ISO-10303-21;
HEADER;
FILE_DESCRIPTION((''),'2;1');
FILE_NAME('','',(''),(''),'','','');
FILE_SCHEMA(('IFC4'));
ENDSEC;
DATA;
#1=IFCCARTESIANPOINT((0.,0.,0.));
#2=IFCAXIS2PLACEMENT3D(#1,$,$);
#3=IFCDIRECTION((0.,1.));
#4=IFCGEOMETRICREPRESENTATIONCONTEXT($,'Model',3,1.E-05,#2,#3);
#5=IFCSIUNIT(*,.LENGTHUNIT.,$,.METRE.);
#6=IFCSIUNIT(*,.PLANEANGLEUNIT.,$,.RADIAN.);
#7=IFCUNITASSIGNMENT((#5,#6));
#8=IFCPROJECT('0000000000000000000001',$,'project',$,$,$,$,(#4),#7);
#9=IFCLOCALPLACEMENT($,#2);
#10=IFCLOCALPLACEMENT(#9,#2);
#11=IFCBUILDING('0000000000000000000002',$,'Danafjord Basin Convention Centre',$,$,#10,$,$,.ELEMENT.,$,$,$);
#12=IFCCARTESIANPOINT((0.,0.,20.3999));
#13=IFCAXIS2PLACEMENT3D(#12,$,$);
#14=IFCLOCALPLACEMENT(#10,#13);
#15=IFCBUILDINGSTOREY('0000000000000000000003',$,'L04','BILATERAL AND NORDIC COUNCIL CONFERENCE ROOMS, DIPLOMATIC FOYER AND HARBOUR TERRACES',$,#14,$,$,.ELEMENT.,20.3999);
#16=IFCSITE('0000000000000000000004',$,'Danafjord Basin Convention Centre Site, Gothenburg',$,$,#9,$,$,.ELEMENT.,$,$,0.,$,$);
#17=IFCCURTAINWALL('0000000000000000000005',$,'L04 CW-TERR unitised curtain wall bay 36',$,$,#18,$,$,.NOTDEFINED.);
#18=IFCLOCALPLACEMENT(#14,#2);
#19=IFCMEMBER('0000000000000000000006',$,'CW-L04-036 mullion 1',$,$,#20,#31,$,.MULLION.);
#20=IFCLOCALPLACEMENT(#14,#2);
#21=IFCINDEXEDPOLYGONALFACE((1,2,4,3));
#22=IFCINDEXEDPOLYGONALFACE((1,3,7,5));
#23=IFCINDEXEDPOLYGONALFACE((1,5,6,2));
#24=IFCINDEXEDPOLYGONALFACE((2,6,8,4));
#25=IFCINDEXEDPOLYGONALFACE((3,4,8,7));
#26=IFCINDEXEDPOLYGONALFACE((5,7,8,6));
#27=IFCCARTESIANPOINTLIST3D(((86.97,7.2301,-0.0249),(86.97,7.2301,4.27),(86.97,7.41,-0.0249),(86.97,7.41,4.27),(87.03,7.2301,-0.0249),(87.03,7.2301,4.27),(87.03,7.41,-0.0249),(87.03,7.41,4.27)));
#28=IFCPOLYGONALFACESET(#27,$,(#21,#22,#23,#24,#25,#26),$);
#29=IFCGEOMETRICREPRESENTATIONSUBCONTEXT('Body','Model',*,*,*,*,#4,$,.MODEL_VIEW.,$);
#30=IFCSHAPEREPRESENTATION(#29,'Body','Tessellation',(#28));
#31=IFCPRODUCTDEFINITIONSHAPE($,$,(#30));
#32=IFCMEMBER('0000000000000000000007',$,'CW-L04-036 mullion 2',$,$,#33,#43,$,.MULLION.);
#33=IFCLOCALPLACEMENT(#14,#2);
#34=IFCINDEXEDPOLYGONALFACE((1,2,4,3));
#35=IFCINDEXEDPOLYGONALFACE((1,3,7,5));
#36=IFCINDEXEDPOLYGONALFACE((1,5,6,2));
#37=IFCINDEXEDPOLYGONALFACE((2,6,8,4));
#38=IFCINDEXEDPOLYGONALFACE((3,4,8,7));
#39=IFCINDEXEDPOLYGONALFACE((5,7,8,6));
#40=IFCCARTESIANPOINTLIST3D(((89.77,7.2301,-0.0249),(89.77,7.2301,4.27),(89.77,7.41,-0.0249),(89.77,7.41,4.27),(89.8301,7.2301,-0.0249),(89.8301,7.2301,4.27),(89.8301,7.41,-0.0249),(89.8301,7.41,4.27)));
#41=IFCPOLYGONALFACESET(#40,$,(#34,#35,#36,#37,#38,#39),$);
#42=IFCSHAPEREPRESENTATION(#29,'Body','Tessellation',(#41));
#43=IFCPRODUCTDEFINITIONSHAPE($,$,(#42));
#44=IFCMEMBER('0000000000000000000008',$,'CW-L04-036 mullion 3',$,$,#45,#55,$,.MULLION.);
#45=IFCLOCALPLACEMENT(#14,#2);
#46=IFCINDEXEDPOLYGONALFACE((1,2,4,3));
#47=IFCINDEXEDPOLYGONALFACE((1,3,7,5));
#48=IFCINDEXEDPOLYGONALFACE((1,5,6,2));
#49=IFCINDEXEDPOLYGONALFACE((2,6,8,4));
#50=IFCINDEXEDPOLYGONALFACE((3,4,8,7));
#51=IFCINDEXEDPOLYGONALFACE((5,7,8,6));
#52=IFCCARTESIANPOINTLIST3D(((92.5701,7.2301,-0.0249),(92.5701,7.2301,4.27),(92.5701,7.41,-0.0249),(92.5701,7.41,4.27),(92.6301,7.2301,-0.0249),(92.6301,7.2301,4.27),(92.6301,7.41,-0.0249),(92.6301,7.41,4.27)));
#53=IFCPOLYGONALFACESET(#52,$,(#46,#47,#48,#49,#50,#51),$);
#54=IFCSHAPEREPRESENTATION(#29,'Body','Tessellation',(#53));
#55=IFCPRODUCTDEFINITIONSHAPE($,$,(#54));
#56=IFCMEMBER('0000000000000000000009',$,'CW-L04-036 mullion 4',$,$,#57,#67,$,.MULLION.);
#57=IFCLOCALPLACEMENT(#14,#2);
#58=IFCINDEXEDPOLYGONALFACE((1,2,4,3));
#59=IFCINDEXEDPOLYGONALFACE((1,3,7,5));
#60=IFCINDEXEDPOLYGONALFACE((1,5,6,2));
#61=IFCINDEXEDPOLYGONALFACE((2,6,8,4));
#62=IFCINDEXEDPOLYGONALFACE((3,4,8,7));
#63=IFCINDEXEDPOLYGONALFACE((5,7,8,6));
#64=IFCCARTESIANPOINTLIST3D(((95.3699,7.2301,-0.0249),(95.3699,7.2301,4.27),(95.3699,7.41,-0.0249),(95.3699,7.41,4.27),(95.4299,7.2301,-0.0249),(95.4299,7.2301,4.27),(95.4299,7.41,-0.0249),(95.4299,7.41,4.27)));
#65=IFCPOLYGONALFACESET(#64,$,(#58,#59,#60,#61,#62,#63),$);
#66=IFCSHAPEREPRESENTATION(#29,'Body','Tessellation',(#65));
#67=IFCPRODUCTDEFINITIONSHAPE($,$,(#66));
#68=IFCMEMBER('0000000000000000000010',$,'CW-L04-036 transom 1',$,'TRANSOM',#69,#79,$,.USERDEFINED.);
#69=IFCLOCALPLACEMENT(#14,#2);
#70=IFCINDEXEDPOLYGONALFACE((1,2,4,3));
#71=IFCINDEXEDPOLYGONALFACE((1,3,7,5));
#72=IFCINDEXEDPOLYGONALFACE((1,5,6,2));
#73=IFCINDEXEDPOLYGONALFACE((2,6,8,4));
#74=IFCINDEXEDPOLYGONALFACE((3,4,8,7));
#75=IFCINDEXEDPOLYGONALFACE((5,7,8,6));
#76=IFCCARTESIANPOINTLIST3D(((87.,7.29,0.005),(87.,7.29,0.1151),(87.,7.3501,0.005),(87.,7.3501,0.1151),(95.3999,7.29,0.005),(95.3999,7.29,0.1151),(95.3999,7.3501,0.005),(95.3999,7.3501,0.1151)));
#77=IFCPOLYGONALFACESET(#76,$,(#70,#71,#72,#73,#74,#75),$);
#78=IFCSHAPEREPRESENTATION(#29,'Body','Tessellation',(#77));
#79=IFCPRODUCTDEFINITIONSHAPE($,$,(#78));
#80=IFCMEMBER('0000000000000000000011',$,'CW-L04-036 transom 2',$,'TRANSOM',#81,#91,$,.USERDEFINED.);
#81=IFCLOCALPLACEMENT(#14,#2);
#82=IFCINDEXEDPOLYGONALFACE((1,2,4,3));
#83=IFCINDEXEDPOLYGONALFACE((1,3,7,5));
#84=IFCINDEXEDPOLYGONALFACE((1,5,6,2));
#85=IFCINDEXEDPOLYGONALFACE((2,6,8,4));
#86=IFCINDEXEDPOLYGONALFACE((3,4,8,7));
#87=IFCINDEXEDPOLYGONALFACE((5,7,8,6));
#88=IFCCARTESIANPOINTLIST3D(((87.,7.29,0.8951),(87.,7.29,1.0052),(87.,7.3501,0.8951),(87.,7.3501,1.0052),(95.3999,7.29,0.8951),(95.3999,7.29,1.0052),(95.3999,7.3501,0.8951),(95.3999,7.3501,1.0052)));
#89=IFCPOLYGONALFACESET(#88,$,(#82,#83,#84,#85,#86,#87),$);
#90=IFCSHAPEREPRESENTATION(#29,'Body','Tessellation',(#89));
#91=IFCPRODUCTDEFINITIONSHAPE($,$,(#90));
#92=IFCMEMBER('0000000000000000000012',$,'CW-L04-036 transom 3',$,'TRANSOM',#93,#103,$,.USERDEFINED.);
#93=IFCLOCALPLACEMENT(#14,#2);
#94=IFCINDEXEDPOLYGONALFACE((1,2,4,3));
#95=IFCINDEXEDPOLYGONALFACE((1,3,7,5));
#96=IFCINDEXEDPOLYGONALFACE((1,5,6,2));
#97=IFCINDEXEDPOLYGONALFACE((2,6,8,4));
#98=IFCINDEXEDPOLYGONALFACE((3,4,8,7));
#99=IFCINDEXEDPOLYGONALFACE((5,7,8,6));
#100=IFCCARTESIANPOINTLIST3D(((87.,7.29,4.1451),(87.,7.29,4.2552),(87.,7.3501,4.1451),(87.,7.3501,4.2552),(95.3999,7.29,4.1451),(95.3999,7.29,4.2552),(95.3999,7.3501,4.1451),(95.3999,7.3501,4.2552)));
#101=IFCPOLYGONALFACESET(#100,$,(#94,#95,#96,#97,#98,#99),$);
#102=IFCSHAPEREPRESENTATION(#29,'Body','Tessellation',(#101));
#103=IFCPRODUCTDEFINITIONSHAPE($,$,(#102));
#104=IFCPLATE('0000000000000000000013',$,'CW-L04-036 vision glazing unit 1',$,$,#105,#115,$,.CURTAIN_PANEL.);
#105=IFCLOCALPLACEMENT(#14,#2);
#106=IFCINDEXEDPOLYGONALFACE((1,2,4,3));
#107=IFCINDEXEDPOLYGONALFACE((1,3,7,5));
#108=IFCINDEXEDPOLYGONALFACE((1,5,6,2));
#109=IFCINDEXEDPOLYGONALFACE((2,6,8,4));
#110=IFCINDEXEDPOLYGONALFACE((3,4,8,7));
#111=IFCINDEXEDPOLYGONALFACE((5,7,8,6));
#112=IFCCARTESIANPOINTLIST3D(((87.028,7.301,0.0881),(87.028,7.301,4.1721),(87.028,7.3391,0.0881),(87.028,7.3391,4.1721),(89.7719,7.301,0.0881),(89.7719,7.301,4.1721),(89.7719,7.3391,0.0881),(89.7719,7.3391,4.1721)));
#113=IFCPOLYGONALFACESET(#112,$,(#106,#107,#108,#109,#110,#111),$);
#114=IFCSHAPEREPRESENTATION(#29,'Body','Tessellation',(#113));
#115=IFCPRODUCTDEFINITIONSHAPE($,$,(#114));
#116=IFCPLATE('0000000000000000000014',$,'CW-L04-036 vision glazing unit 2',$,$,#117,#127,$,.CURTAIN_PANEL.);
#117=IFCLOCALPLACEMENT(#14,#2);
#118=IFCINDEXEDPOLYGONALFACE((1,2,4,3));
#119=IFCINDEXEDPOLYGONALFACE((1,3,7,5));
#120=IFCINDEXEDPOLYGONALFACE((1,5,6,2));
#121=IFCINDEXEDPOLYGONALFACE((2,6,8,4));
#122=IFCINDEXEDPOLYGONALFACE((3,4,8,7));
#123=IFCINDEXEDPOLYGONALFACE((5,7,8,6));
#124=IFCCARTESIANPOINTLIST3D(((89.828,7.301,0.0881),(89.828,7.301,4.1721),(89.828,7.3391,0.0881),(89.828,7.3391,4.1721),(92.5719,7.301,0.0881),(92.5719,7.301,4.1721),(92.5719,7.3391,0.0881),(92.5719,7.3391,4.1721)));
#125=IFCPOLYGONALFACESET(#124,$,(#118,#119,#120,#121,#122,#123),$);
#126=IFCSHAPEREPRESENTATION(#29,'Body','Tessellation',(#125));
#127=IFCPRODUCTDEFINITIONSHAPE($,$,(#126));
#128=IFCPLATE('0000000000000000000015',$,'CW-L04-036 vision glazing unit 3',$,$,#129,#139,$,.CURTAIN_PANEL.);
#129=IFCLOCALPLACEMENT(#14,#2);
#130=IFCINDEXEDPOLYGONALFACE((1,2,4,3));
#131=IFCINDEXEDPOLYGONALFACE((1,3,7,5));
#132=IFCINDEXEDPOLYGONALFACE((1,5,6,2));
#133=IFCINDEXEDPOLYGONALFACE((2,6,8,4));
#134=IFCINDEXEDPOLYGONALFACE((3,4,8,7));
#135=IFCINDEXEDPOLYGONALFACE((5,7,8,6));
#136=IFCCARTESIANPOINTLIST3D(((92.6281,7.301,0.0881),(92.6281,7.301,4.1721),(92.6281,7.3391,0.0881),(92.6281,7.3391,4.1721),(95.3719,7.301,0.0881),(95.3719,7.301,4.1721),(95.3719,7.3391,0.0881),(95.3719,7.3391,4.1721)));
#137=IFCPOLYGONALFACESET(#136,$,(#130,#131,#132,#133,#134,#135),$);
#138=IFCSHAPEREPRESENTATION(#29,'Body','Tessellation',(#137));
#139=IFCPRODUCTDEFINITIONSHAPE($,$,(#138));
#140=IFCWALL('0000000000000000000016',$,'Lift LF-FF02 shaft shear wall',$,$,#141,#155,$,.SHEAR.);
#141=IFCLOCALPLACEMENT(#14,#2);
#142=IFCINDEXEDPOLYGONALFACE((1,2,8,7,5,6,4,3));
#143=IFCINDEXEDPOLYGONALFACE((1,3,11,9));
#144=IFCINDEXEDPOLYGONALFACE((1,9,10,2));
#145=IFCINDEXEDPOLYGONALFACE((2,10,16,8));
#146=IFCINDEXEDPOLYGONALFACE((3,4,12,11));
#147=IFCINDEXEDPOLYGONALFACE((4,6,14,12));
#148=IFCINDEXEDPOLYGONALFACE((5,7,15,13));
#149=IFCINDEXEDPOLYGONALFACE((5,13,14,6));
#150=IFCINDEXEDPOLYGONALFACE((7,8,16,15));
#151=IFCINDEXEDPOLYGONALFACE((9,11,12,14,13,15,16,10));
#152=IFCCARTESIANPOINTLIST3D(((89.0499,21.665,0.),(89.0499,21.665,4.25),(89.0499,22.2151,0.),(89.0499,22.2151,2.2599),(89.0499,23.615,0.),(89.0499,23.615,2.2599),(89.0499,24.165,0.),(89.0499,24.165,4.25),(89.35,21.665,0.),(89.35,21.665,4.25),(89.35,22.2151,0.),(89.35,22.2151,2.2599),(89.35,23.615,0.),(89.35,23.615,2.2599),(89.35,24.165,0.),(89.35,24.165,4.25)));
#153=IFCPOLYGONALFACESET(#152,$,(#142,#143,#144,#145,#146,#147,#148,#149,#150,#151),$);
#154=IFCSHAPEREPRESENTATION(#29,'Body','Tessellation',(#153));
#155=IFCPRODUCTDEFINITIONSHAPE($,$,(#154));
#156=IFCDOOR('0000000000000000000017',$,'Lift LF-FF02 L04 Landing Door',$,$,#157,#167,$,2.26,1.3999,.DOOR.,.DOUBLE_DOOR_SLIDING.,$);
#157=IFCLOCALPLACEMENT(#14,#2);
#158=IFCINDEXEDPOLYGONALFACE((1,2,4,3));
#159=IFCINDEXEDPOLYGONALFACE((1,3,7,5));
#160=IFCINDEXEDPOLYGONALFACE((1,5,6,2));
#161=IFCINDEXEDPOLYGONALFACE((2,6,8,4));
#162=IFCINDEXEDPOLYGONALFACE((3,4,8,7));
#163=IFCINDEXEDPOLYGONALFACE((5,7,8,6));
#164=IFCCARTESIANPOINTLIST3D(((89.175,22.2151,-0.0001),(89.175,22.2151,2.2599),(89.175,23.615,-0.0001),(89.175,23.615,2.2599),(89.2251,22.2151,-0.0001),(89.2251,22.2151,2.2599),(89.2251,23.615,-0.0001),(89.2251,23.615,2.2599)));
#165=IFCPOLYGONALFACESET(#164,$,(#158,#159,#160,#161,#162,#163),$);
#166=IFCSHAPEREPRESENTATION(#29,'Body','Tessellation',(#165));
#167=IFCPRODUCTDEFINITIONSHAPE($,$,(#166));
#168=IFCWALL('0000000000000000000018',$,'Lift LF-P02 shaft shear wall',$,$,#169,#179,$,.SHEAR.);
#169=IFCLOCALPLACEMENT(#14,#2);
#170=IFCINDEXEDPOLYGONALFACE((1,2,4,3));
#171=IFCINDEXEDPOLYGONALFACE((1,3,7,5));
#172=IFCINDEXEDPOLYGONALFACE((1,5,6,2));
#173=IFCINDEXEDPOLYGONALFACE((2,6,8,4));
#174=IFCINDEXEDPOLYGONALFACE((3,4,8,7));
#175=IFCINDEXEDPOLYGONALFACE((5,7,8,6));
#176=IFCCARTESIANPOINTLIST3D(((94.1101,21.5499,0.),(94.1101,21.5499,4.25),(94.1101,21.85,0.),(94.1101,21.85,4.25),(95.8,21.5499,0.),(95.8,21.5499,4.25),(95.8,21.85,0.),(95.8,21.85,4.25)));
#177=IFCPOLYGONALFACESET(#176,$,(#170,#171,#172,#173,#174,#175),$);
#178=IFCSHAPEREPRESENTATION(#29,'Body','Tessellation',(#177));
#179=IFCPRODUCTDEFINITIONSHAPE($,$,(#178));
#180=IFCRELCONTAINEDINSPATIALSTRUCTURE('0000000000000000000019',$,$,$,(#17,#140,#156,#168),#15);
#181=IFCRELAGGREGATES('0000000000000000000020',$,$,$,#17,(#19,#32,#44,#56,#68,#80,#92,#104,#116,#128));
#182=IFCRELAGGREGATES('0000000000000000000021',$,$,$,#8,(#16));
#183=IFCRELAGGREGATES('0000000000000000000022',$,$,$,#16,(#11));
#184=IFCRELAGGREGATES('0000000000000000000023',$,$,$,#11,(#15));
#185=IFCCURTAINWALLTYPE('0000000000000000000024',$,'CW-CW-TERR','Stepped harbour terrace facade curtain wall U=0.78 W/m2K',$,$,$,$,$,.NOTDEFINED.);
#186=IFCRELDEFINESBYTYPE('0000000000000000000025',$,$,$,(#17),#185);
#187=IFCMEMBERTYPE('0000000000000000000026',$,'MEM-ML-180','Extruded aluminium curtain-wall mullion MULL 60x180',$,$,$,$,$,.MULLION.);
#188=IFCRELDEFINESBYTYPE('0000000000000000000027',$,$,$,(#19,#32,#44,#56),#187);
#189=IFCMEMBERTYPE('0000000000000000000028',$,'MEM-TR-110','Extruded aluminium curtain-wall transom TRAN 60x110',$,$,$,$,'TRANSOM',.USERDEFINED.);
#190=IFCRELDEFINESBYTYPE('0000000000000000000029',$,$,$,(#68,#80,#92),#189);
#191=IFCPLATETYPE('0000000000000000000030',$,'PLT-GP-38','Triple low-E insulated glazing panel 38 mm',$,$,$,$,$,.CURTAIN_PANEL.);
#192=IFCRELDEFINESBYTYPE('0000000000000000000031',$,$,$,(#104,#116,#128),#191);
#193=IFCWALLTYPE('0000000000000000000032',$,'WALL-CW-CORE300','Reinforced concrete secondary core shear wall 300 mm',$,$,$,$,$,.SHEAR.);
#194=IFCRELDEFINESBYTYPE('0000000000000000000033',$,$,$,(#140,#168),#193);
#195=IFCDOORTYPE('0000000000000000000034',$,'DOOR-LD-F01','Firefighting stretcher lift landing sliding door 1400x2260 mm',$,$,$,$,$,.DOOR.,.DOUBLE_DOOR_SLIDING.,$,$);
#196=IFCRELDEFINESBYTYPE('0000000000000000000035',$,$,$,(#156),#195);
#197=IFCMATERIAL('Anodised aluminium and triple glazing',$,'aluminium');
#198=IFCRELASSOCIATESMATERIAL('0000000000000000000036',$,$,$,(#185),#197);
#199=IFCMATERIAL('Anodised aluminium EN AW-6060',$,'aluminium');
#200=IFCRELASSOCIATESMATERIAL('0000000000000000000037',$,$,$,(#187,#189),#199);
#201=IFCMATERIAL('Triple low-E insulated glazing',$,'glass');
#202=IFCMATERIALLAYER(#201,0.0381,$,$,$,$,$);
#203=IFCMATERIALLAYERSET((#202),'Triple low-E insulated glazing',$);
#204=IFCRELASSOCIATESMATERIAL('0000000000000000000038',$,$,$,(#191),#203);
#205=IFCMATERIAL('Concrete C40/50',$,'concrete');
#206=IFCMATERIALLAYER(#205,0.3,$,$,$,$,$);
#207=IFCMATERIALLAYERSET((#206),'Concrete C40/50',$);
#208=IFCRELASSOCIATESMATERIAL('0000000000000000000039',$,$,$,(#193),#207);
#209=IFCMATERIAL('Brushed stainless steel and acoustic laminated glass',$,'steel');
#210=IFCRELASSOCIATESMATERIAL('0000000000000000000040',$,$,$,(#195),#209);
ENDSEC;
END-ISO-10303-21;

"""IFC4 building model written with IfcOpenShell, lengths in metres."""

from ifc_helpers import new_model, si_unit, direction, frame, frame_2d, origin, origin_2d, place, context, subcontext, project, spatial, rectangle, extrude, material, layer, layer_set, material_profile, profile_set, type_object, element, fill, aggregate, save


model = new_model("IFC4")

# Units and contexts
model_context = context("Model", 3, precision=1e-05, world=origin(), true_north=direction((0.0, 1.0)))
body_context = subcontext(model_context, "Body", "Model", "MODEL_VIEW")
ifc_project = project(units=[si_unit("LENGTHUNIT", "METRE"), si_unit("PLANEANGLEUNIT", "RADIAN")], contexts=[model_context])

# Site, building, storey
site_placement = place(None, origin())
site = spatial("IfcSite", under=ifc_project, at=site_placement, Name="Danafjord Basin Convention Centre Site, Gothenburg", CompositionType="ELEMENT", RefElevation=0.0)
building_placement = place(site_placement, origin())
building = spatial("IfcBuilding", under=site, at=building_placement, Name="Danafjord Basin Convention Centre", CompositionType="ELEMENT")
storey_placement = place(building_placement, frame((0.0, 0.0, 20.3999)))
storey = spatial("IfcBuildingStorey", under=building, at=storey_placement, Name="L04", Description="BILATERAL AND NORDIC COUNCIL CONFERENCE ROOMS, DIPLOMATIC FOYER AND HARBOUR TERRACES", CompositionType="ELEMENT", Elevation=20.3999)

# Curtain wall, members, plates
ifc_material_1 = material(Name="Anodised aluminium and triple glazing", Category="aluminium")
curtain_wall_type = type_object("IfcCurtainWallType", Name="CW-CW-TERR", Description="Stepped harbour terrace facade curtain wall U=0.78 W/m2K", PredefinedType="NOTDEFINED", material=ifc_material_1)
curtain_wall_placement = place(storey_placement, origin())
curtain_wall = element("IfcCurtainWall", 1, at=curtain_wall_placement, inside=storey, type_object=curtain_wall_type, Name="L04 CW-TERR unitised curtain wall bay 36", PredefinedType="NOTDEFINED")
ifc_material_2 = material(Name="Anodised aluminium EN AW-6060", Category="aluminium")
ifc_material_profile_1 = material_profile(ifc_material_2, rectangle(XDim=0.0601, YDim=0.1799, at=origin_2d()), Name="MULL 60x180")
ifc_profile_set_1 = profile_set([ifc_material_profile_1], Name="Anodised aluminium EN AW-6060")
member_type_1 = type_object("IfcMemberType", Name="MEM-ML-180", Description="Extruded aluminium curtain-wall mullion MULL 60x180", PredefinedType="MULLION", material=ifc_profile_set_1)
member_1_placement = place(storey_placement, frame((87.0, 7.3201, -0.0249), z_axis=(0.0, 0.0, 1.0), x_axis=(1.0, 0.0, 0.0)))
member_1 = element("IfcMember", 2, at=member_1_placement, type_object=member_type_1, Name="CW-L04-036 mullion 1", PredefinedType="MULLION", context=body_context, shape_type="SweptSolid", body=[
    extrude(rectangle(XDim=0.0601, YDim=0.1799, at=origin_2d()), origin(), (0.0, 0.0, 1.0), 4.2949),
])
member_2_placement = place(storey_placement, frame((89.8, 7.3201, -0.0249), z_axis=(0.0, 0.0, 1.0), x_axis=(1.0, 0.0, 0.0)))
member_2 = element("IfcMember", 3, at=member_2_placement, type_object=member_type_1, Name="CW-L04-036 mullion 2", PredefinedType="MULLION", context=body_context, shape_type="SweptSolid", body=[
    extrude(rectangle(XDim=0.0601, YDim=0.1799, at=origin_2d()), origin(), (0.0, 0.0, 1.0), 4.2949),
])
member_3_placement = place(storey_placement, frame((92.6001, 7.3201, -0.0249), z_axis=(0.0, 0.0, 1.0), x_axis=(1.0, 0.0, 0.0)))
member_3 = element("IfcMember", 4, at=member_3_placement, type_object=member_type_1, Name="CW-L04-036 mullion 3", PredefinedType="MULLION", context=body_context, shape_type="SweptSolid", body=[
    extrude(rectangle(XDim=0.0601, YDim=0.1799, at=origin_2d()), origin(), (0.0, 0.0, 1.0), 4.2949),
])
member_4_placement = place(storey_placement, frame((95.3999, 7.3201, -0.0249), z_axis=(0.0, 0.0, 1.0), x_axis=(1.0, 0.0, 0.0)))
member_4 = element("IfcMember", 5, at=member_4_placement, type_object=member_type_1, Name="CW-L04-036 mullion 4", PredefinedType="MULLION", context=body_context, shape_type="SweptSolid", body=[
    extrude(rectangle(XDim=0.0601, YDim=0.1799, at=origin_2d()), origin(), (0.0, 0.0, 1.0), 4.2949),
])
ifc_material_profile_2 = material_profile(ifc_material_2, rectangle(XDim=0.0601, YDim=0.1101, at=origin_2d()), Name="TRAN 60x110")
ifc_profile_set_2 = profile_set([ifc_material_profile_2], Name="Anodised aluminium EN AW-6060")
member_type_2 = type_object("IfcMemberType", Name="MEM-TR-110", Description="Extruded aluminium curtain-wall transom TRAN 60x110", ElementType="TRANSOM", PredefinedType="USERDEFINED", material=ifc_profile_set_2)
member_5_placement = place(storey_placement, frame((87.0, 7.3201, 0.0601), z_axis=(1.0, 0.0, 0.0), x_axis=(0.0, 1.0, 0.0)))
member_5 = element("IfcMember", 6, at=member_5_placement, type_object=member_type_2, Name="CW-L04-036 transom 1", ObjectType="TRANSOM", PredefinedType="USERDEFINED", context=body_context, shape_type="SweptSolid", body=[
    extrude(rectangle(XDim=0.0601, YDim=0.1101, at=origin_2d()), origin(), (0.0, 0.0, 1.0), 8.3999),
])
member_6_placement = place(storey_placement, frame((87.0, 7.3201, 0.9502), z_axis=(1.0, 0.0, 0.0), x_axis=(0.0, 1.0, 0.0)))
member_6 = element("IfcMember", 7, at=member_6_placement, type_object=member_type_2, Name="CW-L04-036 transom 2", ObjectType="TRANSOM", PredefinedType="USERDEFINED", context=body_context, shape_type="SweptSolid", body=[
    extrude(rectangle(XDim=0.0601, YDim=0.1101, at=origin_2d()), origin(), (0.0, 0.0, 1.0), 8.3999),
])
member_7_placement = place(storey_placement, frame((87.0, 7.3201, 4.2002), z_axis=(1.0, 0.0, 0.0), x_axis=(0.0, 1.0, 0.0)))
member_7 = element("IfcMember", 8, at=member_7_placement, type_object=member_type_2, Name="CW-L04-036 transom 3", ObjectType="TRANSOM", PredefinedType="USERDEFINED", context=body_context, shape_type="SweptSolid", body=[
    extrude(rectangle(XDim=0.0601, YDim=0.1101, at=origin_2d()), origin(), (0.0, 0.0, 1.0), 8.3999),
])
ifc_material_3 = material(Name="Triple low-E insulated glazing", Category="glass")
ifc_layer_1 = layer(ifc_material_3, 0.0381)
ifc_layer_set_1 = layer_set([ifc_layer_1], Name="Triple low-E insulated glazing")
plate_type = type_object("IfcPlateType", Name="PLT-GP-38", Description="Triple low-E insulated glazing panel 38 mm", PredefinedType="CURTAIN_PANEL", material=ifc_layer_set_1)
plate_1_placement = place(storey_placement, frame((88.3999, 7.3201, 0.0881), z_axis=(0.0, 0.0, 1.0), x_axis=(1.0, 0.0, 0.0)))
plate_1 = element("IfcPlate", 9, at=plate_1_placement, type_object=plate_type, Name="CW-L04-036 vision glazing unit 1", PredefinedType="CURTAIN_PANEL", context=body_context, shape_type="SweptSolid", body=[
    extrude(rectangle(XDim=2.7439, YDim=0.0381, at=origin_2d()), origin(), (0.0, 0.0, 1.0), 4.084),
])
plate_2_placement = place(storey_placement, frame((91.2, 7.3201, 0.0881), z_axis=(0.0, 0.0, 1.0), x_axis=(1.0, 0.0, 0.0)))
plate_2 = element("IfcPlate", 10, at=plate_2_placement, type_object=plate_type, Name="CW-L04-036 vision glazing unit 2", PredefinedType="CURTAIN_PANEL", context=body_context, shape_type="SweptSolid", body=[
    extrude(rectangle(XDim=2.7439, YDim=0.0381, at=origin_2d()), origin(), (0.0, 0.0, 1.0), 4.084),
])
plate_3_placement = place(storey_placement, frame((94.0, 7.3201, 0.0881), z_axis=(0.0, 0.0, 1.0), x_axis=(1.0, 0.0, 0.0)))
plate_3 = element("IfcPlate", 11, at=plate_3_placement, type_object=plate_type, Name="CW-L04-036 vision glazing unit 3", PredefinedType="CURTAIN_PANEL", context=body_context, shape_type="SweptSolid", body=[
    extrude(rectangle(XDim=2.7439, YDim=0.0381, at=origin_2d()), origin(), (0.0, 0.0, 1.0), 4.084),
])
aggregate(curtain_wall, [member_1, member_2, member_3, member_4, member_5, member_6, member_7, plate_1, plate_2, plate_3])

# Wall, opening, door
ifc_material_4 = material(Name="Concrete C40/50", Category="concrete")
ifc_layer_2 = layer(ifc_material_4, 0.3)
ifc_layer_set_2 = layer_set([ifc_layer_2], Name="Concrete C40/50")
wall_type_1 = type_object("IfcWallType", Name="WALL-CW-CORE300", Description="Reinforced concrete secondary core shear wall 300 mm", PredefinedType="SHEAR", material=ifc_layer_set_2)
wall_1_placement = place(storey_placement, frame((89.2, 21.665, 0.0), z_axis=(0.0, 0.0, 1.0), x_axis=(0.0, 1.0, 0.0)))
wall_1 = element("IfcWall", 12, at=wall_1_placement, inside=storey, type_object=wall_type_1, Name="Lift LF-FF02 shaft shear wall", PredefinedType="SHEAR", context=body_context, shape_type="SweptSolid", body=[
    extrude(rectangle(XDim=2.5, YDim=0.3, at=frame_2d((1.25, 0.0))), origin(), (0.0, 0.0, 1.0), 4.25),
])
opening_placement = place(wall_1_placement, frame((0.55, 0.0, 0.0)))
opening = element("IfcOpeningElement", 13, at=opening_placement, cuts=wall_1, PredefinedType="OPENING", context=body_context, shape_type="SweptSolid", body=[
    extrude(rectangle(XDim=1.3999, YDim=2.26, at=frame_2d((0.7, 1.1299))), frame((0.0, 0.1599, 0.0), z_axis=(0.0, -1.0, 0.0), x_axis=(1.0, 0.0, 0.0)), (0.0, 0.0, 1.0), 0.3201),
])
ifc_material_5 = material(Name="Brushed stainless steel and acoustic laminated glass", Category="steel")
door_type = type_object("IfcDoorType", Name="DOOR-LD-F01", Description="Firefighting stretcher lift landing sliding door 1400x2260 mm", OperationType="DOUBLE_DOOR_SLIDING", PredefinedType="DOOR", material=ifc_material_5)
door_placement = place(opening_placement, origin())
door = element("IfcDoor", 14, at=door_placement, inside=storey, type_object=door_type, Name="Lift LF-FF02 L04 Landing Door", OperationType="DOUBLE_DOOR_SLIDING", OverallHeight=2.26, OverallWidth=1.3999, PredefinedType="DOOR", context=body_context, shape_type="SweptSolid", body=[
    extrude(rectangle(XDim=1.3999, YDim=2.26, at=frame_2d((0.7, 1.1299))), frame((0.0, 0.0249, 0.0), z_axis=(0.0, -1.0, 0.0), x_axis=(1.0, 0.0, 0.0)), (0.0, 0.0, 1.0), 0.05),
])
fill(opening, door)

# Wall
wall_2_placement = place(storey_placement, frame((94.1101, 21.7, 0.0), z_axis=(0.0, 0.0, 1.0), x_axis=(1.0, 0.0, 0.0)))
element("IfcWall", 15, at=wall_2_placement, inside=storey, type_object=wall_type_1, Name="Lift LF-P02 shaft shear wall", PredefinedType="SHEAR", context=body_context, shape_type="SweptSolid", body=[
    extrude(rectangle(XDim=1.6899, YDim=0.3, at=frame_2d((0.845, 0.0))), origin(), (0.0, 0.0, 1.0), 4.25),
])

save(model, "model.ifc")
